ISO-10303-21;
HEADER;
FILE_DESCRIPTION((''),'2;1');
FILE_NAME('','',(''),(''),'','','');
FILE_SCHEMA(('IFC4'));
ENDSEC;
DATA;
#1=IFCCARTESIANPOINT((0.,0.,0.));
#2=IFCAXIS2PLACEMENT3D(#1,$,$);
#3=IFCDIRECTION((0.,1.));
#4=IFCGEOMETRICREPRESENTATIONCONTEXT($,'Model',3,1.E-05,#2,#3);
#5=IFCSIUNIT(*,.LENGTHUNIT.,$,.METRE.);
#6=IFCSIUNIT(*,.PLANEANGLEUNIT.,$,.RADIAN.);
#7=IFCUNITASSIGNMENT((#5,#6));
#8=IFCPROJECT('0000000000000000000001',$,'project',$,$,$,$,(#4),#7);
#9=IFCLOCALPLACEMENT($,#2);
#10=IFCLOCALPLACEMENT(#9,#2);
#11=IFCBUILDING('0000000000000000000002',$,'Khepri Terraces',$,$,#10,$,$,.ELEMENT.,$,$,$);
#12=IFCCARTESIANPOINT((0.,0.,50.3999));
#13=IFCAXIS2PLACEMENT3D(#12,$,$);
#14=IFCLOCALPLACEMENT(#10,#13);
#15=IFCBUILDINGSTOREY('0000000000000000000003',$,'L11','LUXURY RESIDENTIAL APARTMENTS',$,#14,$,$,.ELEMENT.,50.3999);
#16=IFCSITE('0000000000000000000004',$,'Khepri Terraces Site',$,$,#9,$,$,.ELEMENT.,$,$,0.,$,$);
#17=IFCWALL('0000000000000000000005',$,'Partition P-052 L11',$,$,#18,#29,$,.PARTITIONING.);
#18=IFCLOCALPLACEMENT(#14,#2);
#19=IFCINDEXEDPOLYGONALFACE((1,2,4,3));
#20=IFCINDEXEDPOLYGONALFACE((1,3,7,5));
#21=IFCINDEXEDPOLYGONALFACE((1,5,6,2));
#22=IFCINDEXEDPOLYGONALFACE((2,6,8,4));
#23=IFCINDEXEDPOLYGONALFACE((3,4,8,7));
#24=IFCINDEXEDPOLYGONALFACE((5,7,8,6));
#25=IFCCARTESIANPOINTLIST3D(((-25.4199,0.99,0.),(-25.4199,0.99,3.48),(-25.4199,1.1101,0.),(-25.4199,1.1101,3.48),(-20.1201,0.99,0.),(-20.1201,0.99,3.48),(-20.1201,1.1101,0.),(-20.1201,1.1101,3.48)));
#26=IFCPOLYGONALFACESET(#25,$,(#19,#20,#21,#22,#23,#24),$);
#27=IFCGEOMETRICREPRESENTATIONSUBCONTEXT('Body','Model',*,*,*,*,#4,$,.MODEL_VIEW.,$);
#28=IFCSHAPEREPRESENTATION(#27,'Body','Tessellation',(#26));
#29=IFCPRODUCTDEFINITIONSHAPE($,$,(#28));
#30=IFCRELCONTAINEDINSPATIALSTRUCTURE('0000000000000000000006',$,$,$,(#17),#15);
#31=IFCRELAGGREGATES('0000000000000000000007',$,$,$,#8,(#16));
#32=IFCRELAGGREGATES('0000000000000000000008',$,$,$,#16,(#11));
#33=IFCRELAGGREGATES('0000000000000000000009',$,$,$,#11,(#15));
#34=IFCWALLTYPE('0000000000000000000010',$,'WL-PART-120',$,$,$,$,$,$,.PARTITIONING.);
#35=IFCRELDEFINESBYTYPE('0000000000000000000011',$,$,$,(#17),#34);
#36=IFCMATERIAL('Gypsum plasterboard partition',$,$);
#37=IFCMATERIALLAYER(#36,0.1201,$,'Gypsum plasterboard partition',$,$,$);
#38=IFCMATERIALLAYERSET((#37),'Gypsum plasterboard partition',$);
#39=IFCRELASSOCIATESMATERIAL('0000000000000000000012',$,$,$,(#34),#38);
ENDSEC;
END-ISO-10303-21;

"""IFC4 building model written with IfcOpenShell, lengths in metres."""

from ifc_helpers import new_model, si_unit, direction, frame, frame_2d, origin, place, context, subcontext, project, spatial, rectangle, extrude, material, layer, layer_set, type_object, element, save


model = new_model("IFC4")

# Units and contexts
model_context = context("Model", 3, precision=1e-05, world=origin(), true_north=direction((0.0, 1.0)))
body_context = subcontext(model_context, "Body", "Model", "MODEL_VIEW")
ifc_project = project(units=[si_unit("LENGTHUNIT", "METRE"), si_unit("PLANEANGLEUNIT", "RADIAN")], contexts=[model_context])

# Site, building, storey
site_placement = place(None, origin())
site = spatial("IfcSite", under=ifc_project, at=site_placement, Name="Khepri Terraces Site", CompositionType="ELEMENT", RefElevation=0.0)
building_placement = place(site_placement, origin())
building = spatial("IfcBuilding", under=site, at=building_placement, Name="Khepri Terraces", CompositionType="ELEMENT")
storey_placement = place(building_placement, frame((0.0, 0.0, 50.3999)))
storey = spatial("IfcBuildingStorey", under=building, at=storey_placement, Name="L11", Description="LUXURY RESIDENTIAL APARTMENTS", CompositionType="ELEMENT", Elevation=50.3999)

# Shared definitions
ifc_material_1 = material(Name="Gypsum plasterboard partition")
ifc_layer_1 = layer(ifc_material_1, 0.1201, Name="Gypsum plasterboard partition")
ifc_layer_set_1 = layer_set([ifc_layer_1], Name="Gypsum plasterboard partition")
wall_type_1 = type_object("IfcWallType", Name="WL-PART-120", PredefinedType="PARTITIONING", material=ifc_layer_set_1)

# Wall
wall_1_placement = place(storey_placement, frame((-25.4199, 1.05, 0.0), z_axis=(0.0, 0.0, 1.0), x_axis=(1.0, 0.0, 0.0)))
element("IfcWall", 1, at=wall_1_placement, inside=storey, type_object=wall_type_1, Name="Partition P-052 L11", PredefinedType="PARTITIONING", context=body_context, shape_type="SweptSolid", body=[
    extrude(rectangle(XDim=5.2998, YDim=0.1201, at=frame_2d((2.6499, 0.0))), origin(), (0.0, 0.0, 1.0), 3.48),
])

save(model, "model.ifc")
